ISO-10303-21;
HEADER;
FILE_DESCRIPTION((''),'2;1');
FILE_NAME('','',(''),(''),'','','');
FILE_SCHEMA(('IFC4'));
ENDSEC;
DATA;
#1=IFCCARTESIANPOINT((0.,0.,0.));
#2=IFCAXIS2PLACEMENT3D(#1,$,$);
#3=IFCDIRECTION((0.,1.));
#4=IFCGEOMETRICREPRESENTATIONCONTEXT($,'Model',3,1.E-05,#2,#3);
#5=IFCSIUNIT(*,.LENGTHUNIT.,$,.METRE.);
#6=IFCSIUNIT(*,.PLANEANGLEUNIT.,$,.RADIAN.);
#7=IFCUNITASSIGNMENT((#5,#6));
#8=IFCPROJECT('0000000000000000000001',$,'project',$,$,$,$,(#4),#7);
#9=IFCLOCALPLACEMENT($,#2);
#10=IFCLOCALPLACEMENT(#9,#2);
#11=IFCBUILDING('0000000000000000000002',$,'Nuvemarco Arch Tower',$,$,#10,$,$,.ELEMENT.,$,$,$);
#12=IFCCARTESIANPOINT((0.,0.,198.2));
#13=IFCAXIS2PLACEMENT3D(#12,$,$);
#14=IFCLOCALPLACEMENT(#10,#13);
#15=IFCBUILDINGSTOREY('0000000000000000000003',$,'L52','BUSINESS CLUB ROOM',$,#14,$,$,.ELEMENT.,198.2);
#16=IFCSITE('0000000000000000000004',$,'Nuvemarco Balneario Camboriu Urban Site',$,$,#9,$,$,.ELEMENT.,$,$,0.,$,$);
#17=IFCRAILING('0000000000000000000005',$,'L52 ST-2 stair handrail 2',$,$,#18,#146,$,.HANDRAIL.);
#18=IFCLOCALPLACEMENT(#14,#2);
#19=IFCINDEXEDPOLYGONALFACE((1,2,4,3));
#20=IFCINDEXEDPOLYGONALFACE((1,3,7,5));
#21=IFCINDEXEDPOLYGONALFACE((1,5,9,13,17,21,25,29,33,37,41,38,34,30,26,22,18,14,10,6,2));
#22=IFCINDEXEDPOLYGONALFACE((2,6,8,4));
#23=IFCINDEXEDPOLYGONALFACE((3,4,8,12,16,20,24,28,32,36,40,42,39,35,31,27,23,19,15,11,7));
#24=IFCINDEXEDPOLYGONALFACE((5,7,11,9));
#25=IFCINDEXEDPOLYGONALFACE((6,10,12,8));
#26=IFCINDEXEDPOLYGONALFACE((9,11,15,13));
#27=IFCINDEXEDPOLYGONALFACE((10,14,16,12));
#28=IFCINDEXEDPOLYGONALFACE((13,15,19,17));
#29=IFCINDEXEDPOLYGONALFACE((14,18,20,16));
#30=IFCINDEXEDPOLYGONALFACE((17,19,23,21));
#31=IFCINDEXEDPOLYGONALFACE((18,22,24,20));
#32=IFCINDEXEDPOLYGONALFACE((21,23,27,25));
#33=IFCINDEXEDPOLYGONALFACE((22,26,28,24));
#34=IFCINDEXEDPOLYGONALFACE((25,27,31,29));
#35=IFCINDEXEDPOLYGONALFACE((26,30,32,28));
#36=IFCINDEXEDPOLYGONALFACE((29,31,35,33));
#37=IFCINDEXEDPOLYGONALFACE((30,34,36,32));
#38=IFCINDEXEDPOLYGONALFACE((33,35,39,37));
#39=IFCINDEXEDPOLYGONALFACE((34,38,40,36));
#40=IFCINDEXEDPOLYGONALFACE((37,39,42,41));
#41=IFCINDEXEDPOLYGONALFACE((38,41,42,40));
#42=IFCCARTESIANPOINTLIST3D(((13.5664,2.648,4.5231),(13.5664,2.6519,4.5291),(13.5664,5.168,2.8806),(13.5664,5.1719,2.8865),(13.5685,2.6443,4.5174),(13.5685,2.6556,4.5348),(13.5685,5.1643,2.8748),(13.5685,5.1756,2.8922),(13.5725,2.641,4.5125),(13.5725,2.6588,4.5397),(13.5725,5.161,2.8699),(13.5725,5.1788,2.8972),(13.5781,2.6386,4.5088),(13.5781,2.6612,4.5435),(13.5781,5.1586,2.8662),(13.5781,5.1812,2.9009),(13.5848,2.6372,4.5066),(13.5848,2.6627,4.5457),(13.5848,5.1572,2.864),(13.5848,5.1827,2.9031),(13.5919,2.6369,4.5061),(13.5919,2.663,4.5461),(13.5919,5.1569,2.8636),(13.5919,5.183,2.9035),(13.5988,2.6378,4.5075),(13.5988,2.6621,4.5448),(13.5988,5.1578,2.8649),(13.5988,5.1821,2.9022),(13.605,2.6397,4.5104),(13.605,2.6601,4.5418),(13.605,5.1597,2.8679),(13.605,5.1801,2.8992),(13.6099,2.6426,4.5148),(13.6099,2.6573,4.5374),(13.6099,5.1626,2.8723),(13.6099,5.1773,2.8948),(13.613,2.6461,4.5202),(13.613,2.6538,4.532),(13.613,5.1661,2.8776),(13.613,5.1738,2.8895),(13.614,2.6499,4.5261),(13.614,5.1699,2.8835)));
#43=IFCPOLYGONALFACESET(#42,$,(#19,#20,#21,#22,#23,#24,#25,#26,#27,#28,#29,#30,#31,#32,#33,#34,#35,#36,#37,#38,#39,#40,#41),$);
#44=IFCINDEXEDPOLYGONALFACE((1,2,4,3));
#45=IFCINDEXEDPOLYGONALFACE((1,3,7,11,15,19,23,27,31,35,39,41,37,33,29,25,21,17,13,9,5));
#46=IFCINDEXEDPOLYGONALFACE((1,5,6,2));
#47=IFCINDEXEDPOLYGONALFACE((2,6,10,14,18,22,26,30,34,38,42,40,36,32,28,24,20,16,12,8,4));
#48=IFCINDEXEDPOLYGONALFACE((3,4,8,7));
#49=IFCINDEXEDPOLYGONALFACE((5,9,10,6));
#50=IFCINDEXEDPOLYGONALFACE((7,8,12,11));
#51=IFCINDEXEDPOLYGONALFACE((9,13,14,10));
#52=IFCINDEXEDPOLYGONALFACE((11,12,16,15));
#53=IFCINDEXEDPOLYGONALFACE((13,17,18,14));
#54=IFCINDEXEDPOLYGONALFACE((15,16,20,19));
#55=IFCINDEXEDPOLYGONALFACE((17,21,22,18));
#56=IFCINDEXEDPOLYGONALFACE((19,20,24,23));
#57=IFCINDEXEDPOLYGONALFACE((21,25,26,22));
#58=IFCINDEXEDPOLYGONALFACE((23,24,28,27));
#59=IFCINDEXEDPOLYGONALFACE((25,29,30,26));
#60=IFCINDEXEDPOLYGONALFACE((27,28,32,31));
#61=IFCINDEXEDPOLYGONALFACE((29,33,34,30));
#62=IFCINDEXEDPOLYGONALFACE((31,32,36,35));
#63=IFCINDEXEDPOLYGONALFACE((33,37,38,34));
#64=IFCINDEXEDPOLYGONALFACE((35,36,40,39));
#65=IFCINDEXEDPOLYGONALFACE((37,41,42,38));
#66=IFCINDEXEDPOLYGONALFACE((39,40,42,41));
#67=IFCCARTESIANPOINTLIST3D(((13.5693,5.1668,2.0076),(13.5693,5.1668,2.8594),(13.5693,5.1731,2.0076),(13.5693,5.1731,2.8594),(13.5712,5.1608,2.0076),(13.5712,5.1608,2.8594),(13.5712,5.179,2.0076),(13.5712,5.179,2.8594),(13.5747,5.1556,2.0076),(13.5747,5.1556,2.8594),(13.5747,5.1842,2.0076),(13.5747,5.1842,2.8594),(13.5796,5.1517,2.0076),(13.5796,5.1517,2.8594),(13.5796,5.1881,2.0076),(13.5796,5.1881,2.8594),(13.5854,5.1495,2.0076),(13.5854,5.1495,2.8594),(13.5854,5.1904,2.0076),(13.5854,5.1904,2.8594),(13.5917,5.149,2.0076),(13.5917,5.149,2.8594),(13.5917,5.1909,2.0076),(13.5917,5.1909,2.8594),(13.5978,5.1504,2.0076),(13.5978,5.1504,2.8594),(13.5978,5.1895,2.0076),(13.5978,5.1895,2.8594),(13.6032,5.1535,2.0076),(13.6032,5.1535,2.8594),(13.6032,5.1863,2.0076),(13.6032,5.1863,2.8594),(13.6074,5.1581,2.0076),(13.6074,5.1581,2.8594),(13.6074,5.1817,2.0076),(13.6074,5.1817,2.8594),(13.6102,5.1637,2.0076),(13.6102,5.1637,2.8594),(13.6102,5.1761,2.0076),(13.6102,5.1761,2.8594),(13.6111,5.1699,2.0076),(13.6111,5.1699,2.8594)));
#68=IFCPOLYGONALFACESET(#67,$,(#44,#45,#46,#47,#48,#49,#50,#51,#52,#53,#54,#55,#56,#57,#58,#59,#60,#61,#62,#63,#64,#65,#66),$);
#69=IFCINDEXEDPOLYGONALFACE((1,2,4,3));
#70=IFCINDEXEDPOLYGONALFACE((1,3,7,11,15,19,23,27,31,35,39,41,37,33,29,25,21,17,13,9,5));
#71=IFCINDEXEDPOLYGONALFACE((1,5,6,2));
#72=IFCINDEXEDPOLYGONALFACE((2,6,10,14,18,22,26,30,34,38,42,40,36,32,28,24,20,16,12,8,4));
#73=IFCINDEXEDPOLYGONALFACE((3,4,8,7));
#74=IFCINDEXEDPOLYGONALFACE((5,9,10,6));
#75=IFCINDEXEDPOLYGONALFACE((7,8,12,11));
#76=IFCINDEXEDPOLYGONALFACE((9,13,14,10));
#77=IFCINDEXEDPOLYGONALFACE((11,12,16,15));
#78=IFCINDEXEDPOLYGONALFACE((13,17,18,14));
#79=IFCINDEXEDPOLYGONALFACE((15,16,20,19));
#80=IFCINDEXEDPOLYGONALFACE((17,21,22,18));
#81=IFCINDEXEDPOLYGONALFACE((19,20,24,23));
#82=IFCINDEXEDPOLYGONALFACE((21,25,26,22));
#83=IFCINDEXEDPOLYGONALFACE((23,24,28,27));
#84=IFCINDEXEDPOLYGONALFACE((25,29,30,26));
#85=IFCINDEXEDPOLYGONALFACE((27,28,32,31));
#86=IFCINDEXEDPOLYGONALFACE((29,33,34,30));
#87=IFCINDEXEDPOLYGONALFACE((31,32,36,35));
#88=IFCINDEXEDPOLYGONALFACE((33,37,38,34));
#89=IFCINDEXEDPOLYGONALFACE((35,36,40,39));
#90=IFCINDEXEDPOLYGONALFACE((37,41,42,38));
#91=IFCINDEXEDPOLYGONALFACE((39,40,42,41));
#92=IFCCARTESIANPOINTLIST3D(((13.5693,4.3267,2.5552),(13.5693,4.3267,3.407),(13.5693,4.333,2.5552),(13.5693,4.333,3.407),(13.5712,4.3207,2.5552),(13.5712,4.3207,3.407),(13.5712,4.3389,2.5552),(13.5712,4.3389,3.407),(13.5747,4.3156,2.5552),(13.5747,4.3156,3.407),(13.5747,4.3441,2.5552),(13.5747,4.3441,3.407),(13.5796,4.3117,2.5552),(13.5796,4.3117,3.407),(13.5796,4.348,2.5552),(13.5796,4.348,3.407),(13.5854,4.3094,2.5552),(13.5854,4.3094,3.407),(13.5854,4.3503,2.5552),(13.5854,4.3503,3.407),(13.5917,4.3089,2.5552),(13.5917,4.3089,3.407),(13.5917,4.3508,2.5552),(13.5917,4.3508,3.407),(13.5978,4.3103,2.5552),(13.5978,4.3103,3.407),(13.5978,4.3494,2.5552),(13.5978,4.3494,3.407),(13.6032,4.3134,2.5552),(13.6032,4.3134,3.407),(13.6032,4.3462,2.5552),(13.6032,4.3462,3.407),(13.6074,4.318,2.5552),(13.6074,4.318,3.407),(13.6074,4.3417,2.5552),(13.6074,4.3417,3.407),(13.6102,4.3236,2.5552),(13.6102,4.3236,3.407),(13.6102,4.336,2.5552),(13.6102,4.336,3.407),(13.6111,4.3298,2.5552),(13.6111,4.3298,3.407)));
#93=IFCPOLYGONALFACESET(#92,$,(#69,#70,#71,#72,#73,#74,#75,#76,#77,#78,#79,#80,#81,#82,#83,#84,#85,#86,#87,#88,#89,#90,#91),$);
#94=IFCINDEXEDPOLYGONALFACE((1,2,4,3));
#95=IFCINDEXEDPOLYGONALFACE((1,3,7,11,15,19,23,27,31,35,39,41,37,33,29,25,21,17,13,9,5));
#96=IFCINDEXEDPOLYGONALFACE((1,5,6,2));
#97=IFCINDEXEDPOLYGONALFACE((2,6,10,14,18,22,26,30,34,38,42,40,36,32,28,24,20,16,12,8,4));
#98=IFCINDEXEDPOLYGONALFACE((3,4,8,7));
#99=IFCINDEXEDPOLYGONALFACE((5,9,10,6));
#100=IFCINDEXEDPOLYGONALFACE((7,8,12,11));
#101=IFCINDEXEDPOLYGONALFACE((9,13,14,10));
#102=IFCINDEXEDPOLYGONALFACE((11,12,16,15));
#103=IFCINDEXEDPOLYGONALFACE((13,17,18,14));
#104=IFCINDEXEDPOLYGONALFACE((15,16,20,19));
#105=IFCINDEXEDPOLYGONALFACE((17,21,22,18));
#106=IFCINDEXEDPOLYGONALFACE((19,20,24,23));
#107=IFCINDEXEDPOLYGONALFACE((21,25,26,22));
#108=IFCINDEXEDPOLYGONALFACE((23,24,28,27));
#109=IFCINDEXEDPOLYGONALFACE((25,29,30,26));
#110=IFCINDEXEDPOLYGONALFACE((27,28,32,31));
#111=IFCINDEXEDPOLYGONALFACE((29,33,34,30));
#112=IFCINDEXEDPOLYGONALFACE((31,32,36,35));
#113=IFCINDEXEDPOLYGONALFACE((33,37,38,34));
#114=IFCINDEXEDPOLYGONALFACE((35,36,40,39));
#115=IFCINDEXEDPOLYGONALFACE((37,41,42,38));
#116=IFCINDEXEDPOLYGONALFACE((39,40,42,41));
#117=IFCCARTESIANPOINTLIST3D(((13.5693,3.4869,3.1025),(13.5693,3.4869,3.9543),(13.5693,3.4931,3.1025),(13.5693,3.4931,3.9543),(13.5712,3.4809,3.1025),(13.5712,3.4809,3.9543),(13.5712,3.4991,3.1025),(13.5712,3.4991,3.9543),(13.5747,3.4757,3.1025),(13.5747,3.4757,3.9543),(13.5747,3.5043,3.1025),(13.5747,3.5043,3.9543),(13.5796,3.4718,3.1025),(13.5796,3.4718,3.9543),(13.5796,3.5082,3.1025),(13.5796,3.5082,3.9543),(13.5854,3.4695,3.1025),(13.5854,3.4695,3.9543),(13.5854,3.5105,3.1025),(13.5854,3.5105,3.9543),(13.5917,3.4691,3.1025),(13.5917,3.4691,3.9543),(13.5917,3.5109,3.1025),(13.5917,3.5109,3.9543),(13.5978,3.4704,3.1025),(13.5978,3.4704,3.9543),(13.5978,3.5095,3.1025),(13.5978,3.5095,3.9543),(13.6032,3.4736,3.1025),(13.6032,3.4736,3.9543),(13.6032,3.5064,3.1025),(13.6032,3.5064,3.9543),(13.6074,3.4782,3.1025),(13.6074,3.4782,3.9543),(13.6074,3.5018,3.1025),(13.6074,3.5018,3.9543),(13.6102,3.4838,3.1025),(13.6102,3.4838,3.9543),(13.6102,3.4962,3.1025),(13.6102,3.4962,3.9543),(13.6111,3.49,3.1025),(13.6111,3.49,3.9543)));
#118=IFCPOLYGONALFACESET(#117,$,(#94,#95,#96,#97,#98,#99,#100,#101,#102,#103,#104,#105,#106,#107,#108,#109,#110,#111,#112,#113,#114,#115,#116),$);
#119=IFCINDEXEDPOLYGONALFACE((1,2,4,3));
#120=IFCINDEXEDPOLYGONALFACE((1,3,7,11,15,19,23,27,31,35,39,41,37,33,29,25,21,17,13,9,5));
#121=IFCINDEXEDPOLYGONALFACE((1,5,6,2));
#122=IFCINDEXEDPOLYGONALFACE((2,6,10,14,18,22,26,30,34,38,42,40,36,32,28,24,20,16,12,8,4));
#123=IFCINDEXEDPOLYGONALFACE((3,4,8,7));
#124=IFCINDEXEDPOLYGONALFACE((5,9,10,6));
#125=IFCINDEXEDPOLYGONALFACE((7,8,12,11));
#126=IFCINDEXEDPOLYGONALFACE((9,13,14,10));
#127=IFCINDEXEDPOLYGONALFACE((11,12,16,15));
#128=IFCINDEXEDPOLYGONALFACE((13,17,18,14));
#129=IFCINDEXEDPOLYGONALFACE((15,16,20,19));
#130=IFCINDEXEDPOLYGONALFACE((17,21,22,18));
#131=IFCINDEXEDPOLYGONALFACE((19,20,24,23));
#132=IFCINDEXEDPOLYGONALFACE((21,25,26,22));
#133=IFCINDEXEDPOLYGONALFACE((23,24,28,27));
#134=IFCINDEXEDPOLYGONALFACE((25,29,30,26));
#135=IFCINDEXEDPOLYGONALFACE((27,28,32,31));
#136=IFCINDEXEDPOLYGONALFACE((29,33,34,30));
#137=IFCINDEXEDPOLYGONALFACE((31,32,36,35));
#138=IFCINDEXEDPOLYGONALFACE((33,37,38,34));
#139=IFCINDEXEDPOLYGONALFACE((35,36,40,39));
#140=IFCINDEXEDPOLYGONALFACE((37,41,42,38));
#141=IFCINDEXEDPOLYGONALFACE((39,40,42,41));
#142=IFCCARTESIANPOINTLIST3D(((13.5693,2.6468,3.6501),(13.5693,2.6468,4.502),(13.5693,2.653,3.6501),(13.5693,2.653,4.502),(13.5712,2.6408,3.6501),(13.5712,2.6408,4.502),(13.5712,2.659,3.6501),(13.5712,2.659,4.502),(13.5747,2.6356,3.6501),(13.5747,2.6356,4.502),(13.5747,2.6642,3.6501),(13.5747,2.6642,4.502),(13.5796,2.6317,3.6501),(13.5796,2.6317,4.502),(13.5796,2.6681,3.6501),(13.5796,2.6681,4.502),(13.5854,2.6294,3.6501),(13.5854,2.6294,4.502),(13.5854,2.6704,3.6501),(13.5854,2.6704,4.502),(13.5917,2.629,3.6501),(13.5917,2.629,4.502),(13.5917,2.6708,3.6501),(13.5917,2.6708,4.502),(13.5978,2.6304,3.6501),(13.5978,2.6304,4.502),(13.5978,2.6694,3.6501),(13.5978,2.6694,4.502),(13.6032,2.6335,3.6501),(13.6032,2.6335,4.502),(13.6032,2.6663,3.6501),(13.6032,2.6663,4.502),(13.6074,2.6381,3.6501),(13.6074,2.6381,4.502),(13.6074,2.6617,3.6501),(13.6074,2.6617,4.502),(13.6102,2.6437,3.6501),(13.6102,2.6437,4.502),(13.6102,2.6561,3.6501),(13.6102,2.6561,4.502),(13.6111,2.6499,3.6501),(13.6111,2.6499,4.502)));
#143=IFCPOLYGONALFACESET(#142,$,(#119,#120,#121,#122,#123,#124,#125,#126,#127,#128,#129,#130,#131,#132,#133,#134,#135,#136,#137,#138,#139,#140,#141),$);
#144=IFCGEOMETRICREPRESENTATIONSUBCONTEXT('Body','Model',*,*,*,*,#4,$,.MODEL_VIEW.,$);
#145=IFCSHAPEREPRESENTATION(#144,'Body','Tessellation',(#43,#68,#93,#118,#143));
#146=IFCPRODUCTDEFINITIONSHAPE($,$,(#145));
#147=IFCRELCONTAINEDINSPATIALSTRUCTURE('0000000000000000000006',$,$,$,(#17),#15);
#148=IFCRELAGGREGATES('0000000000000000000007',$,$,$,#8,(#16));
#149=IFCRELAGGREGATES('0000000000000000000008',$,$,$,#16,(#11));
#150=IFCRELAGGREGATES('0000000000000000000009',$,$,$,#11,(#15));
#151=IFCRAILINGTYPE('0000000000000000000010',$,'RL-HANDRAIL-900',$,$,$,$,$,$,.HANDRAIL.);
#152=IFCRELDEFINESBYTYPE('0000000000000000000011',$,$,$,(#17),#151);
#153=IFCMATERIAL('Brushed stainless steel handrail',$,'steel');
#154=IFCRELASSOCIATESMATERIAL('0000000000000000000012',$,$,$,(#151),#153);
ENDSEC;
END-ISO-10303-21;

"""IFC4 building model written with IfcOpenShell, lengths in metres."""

from ifc_helpers import new_model, si_unit, direction, frame, origin, origin_2d, place, context, subcontext, project, spatial, circle, extrude, material, type_object, element, save


model = new_model("IFC4")

# Units and contexts
model_context = context("Model", 3, precision=1e-05, world=origin(), true_north=direction((0.0, 1.0)))
body_context = subcontext(model_context, "Body", "Model", "MODEL_VIEW")
ifc_project = project(units=[si_unit("LENGTHUNIT", "METRE"), si_unit("PLANEANGLEUNIT", "RADIAN")], contexts=[model_context])

# Site, building, storey
site_placement = place(None, origin())
site = spatial("IfcSite", under=ifc_project, at=site_placement, Name="Nuvemarco Balneario Camboriu Urban Site", CompositionType="ELEMENT", RefElevation=0.0)
building_placement = place(site_placement, origin())
building = spatial("IfcBuilding", under=site, at=building_placement, Name="Nuvemarco Arch Tower", CompositionType="ELEMENT")
storey_placement = place(building_placement, frame((0.0, 0.0, 198.2)))
storey = spatial("IfcBuildingStorey", under=building, at=storey_placement, Name="L52", Description="BUSINESS CLUB ROOM", CompositionType="ELEMENT", Elevation=198.2)

# Railing
ifc_material_1 = material(Name="Brushed stainless steel handrail", Category="steel")
railing_type_1 = type_object("IfcRailingType", Name="RL-HANDRAIL-900", PredefinedType="HANDRAIL", material=ifc_material_1)
railing_1_placement = place(storey_placement, frame((13.5901, 5.1699, 2.0076)))
element("IfcRailing", 1, at=railing_1_placement, inside=storey, type_object=railing_type_1, Name="L52 ST-2 stair handrail 2", PredefinedType="HANDRAIL", context=body_context, shape_type="SweptSolid", body=[
    extrude(circle(Radius=0.0239, at=origin_2d()), frame((0.0, 0.0, 0.876), z_axis=(0.0, -0.837749, 0.546055), x_axis=(1.0, 0.0, 0.0)), (0.0, 0.0, 1.0), 3.0081),
    extrude(circle(Radius=0.021, at=origin_2d()), origin(), (0.0, 0.0, 1.0), 0.8518),
    extrude(circle(Radius=0.021, at=origin_2d()), frame((0.0, -0.8401, 0.5476)), (0.0, 0.0, 1.0), 0.8518),
    extrude(circle(Radius=0.021, at=origin_2d()), frame((0.0, -1.6799, 1.095)), (0.0, 0.0, 1.0), 0.8518),
    extrude(circle(Radius=0.021, at=origin_2d()), frame((0.0, -2.52, 1.6426)), (0.0, 0.0, 1.0), 0.8518),
])

save(model, "model.ifc")
